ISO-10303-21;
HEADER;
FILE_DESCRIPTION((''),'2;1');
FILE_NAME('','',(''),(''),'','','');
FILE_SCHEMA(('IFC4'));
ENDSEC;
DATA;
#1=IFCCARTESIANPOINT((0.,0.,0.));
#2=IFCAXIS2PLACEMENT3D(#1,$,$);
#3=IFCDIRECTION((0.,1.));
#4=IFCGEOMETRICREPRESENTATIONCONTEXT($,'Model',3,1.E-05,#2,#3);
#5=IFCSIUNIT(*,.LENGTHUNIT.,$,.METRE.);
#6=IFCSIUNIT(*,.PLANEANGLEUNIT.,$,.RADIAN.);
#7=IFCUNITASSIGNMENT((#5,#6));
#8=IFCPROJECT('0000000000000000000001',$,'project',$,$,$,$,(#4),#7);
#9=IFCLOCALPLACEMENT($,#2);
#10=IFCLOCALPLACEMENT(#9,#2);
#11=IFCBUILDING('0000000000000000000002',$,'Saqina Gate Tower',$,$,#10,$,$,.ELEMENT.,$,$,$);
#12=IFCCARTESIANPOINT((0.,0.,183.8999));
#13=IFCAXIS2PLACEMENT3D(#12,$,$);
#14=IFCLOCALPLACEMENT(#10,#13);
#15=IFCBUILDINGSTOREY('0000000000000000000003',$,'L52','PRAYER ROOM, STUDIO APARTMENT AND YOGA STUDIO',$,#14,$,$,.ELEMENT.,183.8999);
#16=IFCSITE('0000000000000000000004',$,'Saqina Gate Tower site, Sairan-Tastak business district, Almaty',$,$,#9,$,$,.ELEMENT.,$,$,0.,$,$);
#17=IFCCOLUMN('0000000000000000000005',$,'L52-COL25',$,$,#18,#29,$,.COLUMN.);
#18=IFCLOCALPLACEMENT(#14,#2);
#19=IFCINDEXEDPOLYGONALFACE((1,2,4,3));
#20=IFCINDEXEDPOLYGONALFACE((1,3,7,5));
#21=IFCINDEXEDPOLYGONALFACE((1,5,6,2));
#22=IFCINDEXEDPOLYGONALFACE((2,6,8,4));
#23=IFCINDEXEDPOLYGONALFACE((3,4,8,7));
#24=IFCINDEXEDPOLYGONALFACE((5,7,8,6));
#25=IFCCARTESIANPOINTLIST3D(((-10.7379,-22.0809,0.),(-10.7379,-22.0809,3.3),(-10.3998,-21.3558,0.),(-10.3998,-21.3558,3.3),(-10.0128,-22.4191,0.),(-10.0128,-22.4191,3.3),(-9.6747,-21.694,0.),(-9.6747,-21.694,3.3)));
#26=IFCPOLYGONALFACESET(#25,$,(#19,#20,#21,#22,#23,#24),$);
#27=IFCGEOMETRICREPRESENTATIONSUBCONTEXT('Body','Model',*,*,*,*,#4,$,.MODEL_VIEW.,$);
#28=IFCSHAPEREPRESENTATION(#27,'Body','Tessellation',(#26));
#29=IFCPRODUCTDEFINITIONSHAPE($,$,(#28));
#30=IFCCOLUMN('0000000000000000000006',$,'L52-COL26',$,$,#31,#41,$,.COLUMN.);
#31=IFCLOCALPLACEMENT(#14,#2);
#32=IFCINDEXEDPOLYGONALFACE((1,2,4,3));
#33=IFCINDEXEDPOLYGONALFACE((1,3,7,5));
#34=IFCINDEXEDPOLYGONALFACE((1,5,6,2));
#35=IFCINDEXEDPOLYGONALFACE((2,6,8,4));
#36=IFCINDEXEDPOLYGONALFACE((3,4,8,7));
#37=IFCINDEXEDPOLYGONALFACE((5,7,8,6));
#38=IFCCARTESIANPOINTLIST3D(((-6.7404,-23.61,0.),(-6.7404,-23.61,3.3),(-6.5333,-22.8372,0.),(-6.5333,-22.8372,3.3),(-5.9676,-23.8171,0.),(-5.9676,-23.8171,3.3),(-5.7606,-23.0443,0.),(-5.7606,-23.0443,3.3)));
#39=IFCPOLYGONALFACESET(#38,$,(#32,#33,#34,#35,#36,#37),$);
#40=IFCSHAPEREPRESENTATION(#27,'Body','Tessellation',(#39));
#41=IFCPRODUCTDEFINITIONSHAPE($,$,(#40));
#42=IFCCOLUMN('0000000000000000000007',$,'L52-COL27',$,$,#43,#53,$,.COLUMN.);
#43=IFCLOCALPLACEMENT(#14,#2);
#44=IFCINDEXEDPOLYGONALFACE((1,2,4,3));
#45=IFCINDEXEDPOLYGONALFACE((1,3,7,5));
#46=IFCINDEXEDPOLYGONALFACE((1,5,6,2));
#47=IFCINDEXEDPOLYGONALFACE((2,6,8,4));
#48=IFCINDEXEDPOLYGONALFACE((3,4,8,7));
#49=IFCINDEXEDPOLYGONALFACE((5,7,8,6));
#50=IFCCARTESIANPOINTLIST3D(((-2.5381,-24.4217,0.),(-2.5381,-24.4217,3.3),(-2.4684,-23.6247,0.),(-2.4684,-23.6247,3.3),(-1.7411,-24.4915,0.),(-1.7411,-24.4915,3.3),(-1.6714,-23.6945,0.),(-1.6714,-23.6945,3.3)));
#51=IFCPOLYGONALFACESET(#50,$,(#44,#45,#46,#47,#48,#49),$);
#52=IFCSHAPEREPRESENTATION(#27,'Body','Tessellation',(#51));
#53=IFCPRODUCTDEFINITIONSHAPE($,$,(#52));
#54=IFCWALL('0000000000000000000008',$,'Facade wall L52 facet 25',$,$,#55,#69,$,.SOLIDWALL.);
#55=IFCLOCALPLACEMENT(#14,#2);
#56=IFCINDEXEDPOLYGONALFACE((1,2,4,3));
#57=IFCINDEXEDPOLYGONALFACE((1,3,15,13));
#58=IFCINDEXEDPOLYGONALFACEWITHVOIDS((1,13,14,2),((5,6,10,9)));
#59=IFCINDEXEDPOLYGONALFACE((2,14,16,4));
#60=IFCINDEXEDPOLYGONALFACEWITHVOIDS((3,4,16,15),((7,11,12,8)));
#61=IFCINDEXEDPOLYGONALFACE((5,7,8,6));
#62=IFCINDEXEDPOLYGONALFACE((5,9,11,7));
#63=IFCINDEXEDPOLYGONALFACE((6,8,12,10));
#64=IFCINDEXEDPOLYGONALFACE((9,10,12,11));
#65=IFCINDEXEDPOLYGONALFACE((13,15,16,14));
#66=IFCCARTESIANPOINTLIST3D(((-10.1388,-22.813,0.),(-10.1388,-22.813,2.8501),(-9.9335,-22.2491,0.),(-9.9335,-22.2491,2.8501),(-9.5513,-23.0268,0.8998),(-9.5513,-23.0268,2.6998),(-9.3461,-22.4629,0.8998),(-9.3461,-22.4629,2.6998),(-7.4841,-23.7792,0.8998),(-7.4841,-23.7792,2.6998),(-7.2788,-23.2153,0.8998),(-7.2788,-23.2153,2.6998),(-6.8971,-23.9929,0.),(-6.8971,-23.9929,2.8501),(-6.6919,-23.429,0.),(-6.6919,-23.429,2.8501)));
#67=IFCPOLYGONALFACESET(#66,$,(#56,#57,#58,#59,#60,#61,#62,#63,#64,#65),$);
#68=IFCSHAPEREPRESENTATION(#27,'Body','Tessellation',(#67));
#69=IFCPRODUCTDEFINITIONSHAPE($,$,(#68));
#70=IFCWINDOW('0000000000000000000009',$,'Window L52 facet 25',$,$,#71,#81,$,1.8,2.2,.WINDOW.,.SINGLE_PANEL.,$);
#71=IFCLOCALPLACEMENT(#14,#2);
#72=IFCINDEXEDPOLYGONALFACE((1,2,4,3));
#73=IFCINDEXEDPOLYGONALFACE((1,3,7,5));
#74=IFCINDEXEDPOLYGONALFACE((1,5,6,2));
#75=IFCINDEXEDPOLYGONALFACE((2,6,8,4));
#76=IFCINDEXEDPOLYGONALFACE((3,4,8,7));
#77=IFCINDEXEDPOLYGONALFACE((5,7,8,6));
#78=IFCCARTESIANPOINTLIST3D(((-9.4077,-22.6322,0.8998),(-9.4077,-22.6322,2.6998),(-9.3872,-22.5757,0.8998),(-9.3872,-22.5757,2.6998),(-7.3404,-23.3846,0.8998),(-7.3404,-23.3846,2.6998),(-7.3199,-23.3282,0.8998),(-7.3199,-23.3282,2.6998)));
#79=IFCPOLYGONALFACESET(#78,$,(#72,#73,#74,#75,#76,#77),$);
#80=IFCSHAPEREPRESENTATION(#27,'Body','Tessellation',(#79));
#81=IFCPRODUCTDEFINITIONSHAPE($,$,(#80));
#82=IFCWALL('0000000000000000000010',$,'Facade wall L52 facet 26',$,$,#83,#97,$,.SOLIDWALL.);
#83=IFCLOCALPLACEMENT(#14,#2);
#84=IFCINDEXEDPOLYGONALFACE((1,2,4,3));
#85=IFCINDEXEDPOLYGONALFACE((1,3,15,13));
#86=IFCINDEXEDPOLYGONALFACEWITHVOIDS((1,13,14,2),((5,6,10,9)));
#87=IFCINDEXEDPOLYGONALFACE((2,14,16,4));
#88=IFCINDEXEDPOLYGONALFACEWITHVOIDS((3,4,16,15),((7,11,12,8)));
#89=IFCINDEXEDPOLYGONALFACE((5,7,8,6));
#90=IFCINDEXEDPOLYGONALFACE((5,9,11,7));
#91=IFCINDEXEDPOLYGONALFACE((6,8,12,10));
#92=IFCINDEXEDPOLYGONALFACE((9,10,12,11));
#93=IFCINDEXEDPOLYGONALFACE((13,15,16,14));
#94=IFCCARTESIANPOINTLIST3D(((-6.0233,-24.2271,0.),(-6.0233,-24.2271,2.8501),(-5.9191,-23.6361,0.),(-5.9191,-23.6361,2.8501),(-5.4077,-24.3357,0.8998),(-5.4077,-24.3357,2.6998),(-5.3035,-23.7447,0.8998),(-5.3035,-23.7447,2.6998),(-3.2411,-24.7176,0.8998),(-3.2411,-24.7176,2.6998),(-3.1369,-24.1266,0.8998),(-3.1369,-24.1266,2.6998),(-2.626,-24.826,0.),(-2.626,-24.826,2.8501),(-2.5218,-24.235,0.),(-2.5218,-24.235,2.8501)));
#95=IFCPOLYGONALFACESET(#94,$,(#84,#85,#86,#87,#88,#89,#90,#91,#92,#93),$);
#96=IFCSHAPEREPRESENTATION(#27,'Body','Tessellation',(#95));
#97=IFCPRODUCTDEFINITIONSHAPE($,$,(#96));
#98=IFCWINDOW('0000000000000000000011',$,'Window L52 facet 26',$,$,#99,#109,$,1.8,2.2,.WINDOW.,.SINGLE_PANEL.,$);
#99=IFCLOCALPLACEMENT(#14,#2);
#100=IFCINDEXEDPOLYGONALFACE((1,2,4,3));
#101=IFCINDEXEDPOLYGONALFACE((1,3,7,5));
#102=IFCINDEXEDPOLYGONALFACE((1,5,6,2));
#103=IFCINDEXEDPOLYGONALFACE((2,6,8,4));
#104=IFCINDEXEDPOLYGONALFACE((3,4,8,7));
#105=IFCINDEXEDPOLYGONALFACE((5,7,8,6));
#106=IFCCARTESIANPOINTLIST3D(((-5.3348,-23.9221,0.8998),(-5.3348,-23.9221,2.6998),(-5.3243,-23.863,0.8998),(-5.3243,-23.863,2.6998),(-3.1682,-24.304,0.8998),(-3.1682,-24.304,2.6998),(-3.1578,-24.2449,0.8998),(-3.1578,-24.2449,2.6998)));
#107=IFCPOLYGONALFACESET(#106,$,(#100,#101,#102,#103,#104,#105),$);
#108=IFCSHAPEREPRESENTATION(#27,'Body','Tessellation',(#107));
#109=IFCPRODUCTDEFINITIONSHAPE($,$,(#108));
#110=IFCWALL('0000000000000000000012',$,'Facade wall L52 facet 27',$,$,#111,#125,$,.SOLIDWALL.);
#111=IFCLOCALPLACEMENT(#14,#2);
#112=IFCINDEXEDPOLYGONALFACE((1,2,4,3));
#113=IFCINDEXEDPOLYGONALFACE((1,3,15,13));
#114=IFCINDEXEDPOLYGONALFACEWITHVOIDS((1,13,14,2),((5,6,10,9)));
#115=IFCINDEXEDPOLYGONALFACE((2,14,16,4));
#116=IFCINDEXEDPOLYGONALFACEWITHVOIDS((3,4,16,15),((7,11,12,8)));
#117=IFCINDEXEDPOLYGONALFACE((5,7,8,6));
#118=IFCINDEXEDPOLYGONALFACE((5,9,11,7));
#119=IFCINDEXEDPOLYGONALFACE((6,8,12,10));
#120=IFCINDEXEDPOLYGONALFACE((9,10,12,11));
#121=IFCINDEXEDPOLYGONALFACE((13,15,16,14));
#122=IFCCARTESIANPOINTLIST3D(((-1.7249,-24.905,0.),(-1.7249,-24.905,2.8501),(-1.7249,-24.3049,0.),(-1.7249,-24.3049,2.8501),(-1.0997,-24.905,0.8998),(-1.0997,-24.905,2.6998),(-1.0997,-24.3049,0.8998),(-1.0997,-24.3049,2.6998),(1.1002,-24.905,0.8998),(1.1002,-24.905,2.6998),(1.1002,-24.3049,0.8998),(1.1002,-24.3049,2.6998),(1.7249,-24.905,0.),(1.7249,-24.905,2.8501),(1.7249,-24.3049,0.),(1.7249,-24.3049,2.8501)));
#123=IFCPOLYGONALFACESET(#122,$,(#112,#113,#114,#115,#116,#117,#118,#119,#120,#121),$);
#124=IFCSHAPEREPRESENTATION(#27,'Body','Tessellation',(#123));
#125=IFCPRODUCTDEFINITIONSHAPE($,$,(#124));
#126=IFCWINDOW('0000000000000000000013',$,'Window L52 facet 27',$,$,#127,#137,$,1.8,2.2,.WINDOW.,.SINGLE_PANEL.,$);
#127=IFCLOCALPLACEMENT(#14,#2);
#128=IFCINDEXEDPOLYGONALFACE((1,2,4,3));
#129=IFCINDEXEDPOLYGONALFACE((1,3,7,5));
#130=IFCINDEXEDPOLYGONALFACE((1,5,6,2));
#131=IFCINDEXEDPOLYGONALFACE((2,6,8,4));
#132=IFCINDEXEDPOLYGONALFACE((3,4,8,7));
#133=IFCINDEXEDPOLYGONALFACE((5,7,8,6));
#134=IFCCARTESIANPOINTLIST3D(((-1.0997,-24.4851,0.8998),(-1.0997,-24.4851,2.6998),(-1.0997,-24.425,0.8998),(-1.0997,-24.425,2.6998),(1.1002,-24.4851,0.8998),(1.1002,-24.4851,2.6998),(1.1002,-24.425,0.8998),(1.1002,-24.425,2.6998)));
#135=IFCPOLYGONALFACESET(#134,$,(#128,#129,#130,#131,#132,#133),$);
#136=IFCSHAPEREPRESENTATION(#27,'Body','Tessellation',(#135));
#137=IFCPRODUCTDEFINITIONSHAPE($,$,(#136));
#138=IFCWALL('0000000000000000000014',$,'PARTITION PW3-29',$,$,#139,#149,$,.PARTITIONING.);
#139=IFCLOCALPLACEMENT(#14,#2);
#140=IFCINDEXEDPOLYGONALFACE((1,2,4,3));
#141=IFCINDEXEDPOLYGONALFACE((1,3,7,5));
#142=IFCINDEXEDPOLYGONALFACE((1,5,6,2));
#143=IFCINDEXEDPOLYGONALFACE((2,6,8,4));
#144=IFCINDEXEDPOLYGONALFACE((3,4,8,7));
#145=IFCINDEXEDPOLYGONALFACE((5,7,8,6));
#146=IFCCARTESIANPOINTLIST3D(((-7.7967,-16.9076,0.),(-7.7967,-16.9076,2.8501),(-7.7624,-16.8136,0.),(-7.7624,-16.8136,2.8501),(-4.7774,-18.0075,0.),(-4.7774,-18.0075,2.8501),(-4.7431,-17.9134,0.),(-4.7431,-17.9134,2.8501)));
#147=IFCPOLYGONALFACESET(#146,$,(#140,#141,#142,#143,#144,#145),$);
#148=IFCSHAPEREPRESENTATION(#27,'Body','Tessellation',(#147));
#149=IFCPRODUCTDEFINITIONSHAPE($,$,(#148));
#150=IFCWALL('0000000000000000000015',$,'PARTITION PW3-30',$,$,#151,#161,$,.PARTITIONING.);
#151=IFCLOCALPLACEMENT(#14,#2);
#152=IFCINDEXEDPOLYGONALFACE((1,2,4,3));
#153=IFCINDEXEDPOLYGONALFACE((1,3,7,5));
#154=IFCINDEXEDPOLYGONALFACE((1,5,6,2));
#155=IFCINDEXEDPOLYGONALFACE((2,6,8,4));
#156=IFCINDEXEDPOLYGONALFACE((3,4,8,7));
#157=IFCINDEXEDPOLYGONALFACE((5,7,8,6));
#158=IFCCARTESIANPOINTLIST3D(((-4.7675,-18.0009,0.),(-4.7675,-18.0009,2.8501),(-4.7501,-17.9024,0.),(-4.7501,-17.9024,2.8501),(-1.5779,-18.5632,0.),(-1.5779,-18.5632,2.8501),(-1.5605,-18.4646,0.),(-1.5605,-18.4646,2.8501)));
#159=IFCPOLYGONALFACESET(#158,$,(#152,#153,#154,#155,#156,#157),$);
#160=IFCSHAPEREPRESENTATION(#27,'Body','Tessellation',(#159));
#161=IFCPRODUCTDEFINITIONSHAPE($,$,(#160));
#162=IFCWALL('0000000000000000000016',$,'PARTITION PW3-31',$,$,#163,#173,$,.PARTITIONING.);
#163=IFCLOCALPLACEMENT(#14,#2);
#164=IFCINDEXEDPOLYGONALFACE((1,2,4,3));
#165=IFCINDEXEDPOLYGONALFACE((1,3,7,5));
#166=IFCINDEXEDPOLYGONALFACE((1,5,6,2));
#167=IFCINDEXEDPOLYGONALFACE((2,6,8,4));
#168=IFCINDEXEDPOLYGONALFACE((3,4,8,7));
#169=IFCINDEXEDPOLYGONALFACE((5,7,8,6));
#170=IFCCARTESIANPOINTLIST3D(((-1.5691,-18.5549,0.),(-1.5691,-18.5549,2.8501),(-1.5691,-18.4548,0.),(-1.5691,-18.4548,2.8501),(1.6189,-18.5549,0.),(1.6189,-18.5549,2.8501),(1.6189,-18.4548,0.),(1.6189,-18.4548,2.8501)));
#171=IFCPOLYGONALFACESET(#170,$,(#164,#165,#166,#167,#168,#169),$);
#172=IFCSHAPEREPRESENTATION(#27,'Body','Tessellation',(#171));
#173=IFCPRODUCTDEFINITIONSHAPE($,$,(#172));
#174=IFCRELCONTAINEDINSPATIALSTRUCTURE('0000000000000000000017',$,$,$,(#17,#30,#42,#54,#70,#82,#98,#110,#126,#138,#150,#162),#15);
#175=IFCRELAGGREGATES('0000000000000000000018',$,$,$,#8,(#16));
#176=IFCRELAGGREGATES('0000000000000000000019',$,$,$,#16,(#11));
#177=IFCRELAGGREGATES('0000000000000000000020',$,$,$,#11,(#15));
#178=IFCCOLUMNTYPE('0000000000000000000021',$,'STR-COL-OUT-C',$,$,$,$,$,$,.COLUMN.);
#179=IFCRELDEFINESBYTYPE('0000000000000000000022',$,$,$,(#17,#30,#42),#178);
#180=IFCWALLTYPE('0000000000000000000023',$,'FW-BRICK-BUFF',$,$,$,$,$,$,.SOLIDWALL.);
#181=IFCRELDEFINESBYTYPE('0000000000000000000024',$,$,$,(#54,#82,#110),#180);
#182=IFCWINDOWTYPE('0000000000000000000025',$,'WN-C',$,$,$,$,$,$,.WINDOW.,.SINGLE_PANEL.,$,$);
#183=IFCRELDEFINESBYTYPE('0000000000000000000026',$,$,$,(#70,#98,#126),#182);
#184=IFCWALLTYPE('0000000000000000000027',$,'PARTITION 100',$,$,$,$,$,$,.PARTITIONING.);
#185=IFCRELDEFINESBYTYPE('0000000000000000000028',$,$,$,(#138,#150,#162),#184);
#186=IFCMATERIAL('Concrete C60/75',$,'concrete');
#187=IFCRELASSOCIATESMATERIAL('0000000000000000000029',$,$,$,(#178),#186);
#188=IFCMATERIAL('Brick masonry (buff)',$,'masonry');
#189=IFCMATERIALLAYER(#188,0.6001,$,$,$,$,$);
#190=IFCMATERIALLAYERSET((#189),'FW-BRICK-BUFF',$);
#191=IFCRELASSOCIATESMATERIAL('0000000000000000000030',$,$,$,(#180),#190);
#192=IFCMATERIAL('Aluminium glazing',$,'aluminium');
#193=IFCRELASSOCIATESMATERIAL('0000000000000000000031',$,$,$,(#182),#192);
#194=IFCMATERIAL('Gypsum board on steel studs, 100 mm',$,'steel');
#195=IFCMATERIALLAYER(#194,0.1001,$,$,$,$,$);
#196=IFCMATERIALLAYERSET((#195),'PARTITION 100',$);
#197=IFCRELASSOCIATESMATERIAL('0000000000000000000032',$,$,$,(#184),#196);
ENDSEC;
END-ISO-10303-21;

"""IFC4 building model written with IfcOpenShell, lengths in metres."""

from ifc_helpers import new_model, si_unit, direction, frame, frame_2d, origin, origin_2d, place, context, subcontext, project, spatial, rectangle, extrude, material, layer, layer_set, material_profile, profile_set, type_object, element, fill, save


model = new_model("IFC4")

# Units and contexts
model_context = context("Model", 3, precision=1e-05, world=origin(), true_north=direction((0.0, 1.0)))
body_context = subcontext(model_context, "Body", "Model", "MODEL_VIEW")
ifc_project = project(units=[si_unit("LENGTHUNIT", "METRE"), si_unit("PLANEANGLEUNIT", "RADIAN")], contexts=[model_context])

# Site, building, storey
site_placement = place(None, origin())
site = spatial("IfcSite", under=ifc_project, at=site_placement, Name="Saqina Gate Tower site, Sairan-Tastak business district, Almaty", CompositionType="ELEMENT", RefElevation=0.0)
building_placement = place(site_placement, origin())
building = spatial("IfcBuilding", under=site, at=building_placement, Name="Saqina Gate Tower", CompositionType="ELEMENT")
storey_placement = place(building_placement, frame((0.0, 0.0, 183.8999)))
storey = spatial("IfcBuildingStorey", under=building, at=storey_placement, Name="L52", Description="PRAYER ROOM, STUDIO APARTMENT AND YOGA STUDIO", CompositionType="ELEMENT", Elevation=183.8999)

# Columns
ifc_material_1 = material(Name="Concrete C60/75", Category="concrete")
ifc_material_profile = material_profile(ifc_material_1, rectangle(XDim=0.8, YDim=0.8, at=origin_2d()), Name="RC 800x800")
ifc_profile_set = profile_set([ifc_material_profile], Name="Concrete C60/75")
column_type = type_object("IfcColumnType", Name="STR-COL-OUT-C", PredefinedType="COLUMN", material=ifc_profile_set)
for number, where, z_axis, x_axis, name in (
    (1, (-10.2063, -21.8875, 0.0), (0.0, 0.0, 1.0), (-0.422618, -0.906308, 0.0), "L52-COL25"),
    (2, (-6.2505, -23.3271, 0.0), (0.0, 0.0, 1.0), (-0.258819, -0.965926, 0.0), "L52-COL26"),
    (3, (-2.1047, -24.0581, 0.0), (0.0, 0.0, 1.0), (-0.087156, -0.996195, 0.0), "L52-COL27"),
):
    element("IfcColumn", number, at=place(storey_placement, frame(where, z_axis=z_axis, x_axis=x_axis)), inside=storey, type_object=column_type, Name=name, PredefinedType="COLUMN", context=body_context, shape_type="SweptSolid", body=[
        extrude(rectangle(XDim=0.8, YDim=0.8, at=origin_2d()), origin(), (0.0, 0.0, 1.0), 3.3),
    ])

# Walls, openings, windows
ifc_material_2 = material(Name="Brick masonry (buff)", Category="masonry")
ifc_layer_1 = layer(ifc_material_2, 0.6001)
ifc_layer_set_1 = layer_set([ifc_layer_1], Name="FW-BRICK-BUFF")
wall_type_1 = type_object("IfcWallType", Name="FW-BRICK-BUFF", PredefinedType="SOLIDWALL", material=ifc_layer_set_1)
wall_1_placement = place(storey_placement, frame((-10.0361, -22.531, 0.0), z_axis=(0.0, 0.0, 1.0), x_axis=(0.939688, -0.342033, 0.0)))
wall_1 = element("IfcWall", 4, at=wall_1_placement, inside=storey, type_object=wall_type_1, Name="Facade wall L52 facet 25", PredefinedType="SOLIDWALL", context=body_context, shape_type="SweptSolid", body=[
    extrude(rectangle(XDim=3.4497, YDim=0.6001, at=frame_2d((1.7249, 0.0))), origin(), (0.0, 0.0, 1.0), 2.8501),
])
opening_1_placement = place(wall_1_placement, frame((0.625, 0.0, 0.8999)))
opening_1 = element("IfcOpeningElement", 5, at=opening_1_placement, cuts=wall_1, PredefinedType="OPENING", context=body_context, shape_type="SweptSolid", body=[
    extrude(rectangle(XDim=2.2, YDim=1.8, at=frame_2d((1.1001, 0.8999))), frame((0.0, 0.312, 0.0), z_axis=(0.0, -1.0, 0.0), x_axis=(1.0, 0.0, 0.0)), (0.0, 0.0, 1.0), 0.624),
])
ifc_material_3 = material(Name="Aluminium glazing", Category="aluminium")
window_type = type_object("IfcWindowType", Name="WN-C", PartitioningType="SINGLE_PANEL", PredefinedType="WINDOW", material=ifc_material_3)
window_1_placement = place(opening_1_placement, origin())
window_1 = element("IfcWindow", 6, at=window_1_placement, inside=storey, type_object=window_type, Name="Window L52 facet 25", OverallHeight=1.8, OverallWidth=2.2, PartitioningType="SINGLE_PANEL", PredefinedType="WINDOW", context=body_context, shape_type="SweptSolid", body=[
    extrude(rectangle(XDim=2.2, YDim=1.8, at=frame_2d((1.1001, 0.8999))), frame((0.0, 0.1799, 0.0), z_axis=(0.0, -1.0, 0.0), x_axis=(1.0, 0.0, 0.0)), (0.0, 0.0, 1.0), 0.0601),
])
fill(opening_1, window_1)
wall_2_placement = place(storey_placement, frame((-5.9712, -23.9316, 0.0), z_axis=(0.0, 0.0, 1.0), x_axis=(0.984815, -0.173608, 0.0)))
wall_2 = element("IfcWall", 7, at=wall_2_placement, inside=storey, type_object=wall_type_1, Name="Facade wall L52 facet 26", PredefinedType="SOLIDWALL", context=body_context, shape_type="SweptSolid", body=[
    extrude(rectangle(XDim=3.4497, YDim=0.6001, at=frame_2d((1.7249, 0.0))), origin(), (0.0, 0.0, 1.0), 2.8501),
])
opening_2_placement = place(wall_2_placement, frame((0.625, 0.0, 0.8999)))
opening_2 = element("IfcOpeningElement", 8, at=opening_2_placement, cuts=wall_2, PredefinedType="OPENING", context=body_context, shape_type="SweptSolid", body=[
    extrude(rectangle(XDim=2.2, YDim=1.8, at=frame_2d((1.1001, 0.8999))), frame((0.0, 0.312, 0.0), z_axis=(0.0, -1.0, 0.0), x_axis=(1.0, 0.0, 0.0)), (0.0, 0.0, 1.0), 0.624),
])
window_2_placement = place(opening_2_placement, origin())
window_2 = element("IfcWindow", 9, at=window_2_placement, inside=storey, type_object=window_type, Name="Window L52 facet 26", OverallHeight=1.8, OverallWidth=2.2, PartitioningType="SINGLE_PANEL", PredefinedType="WINDOW", context=body_context, shape_type="SweptSolid", body=[
    extrude(rectangle(XDim=2.2, YDim=1.8, at=frame_2d((1.1001, 0.8999))), frame((0.0, 0.1799, 0.0), z_axis=(0.0, -1.0, 0.0), x_axis=(1.0, 0.0, 0.0)), (0.0, 0.0, 1.0), 0.0601),
])
fill(opening_2, window_2)
wall_3_placement = place(storey_placement, frame((-1.7249, -24.605, 0.0), z_axis=(0.0, 0.0, 1.0), x_axis=(1.0, 0.0, 0.0)))
wall_3 = element("IfcWall", 10, at=wall_3_placement, inside=storey, type_object=wall_type_1, Name="Facade wall L52 facet 27", PredefinedType="SOLIDWALL", context=body_context, shape_type="SweptSolid", body=[
    extrude(rectangle(XDim=3.4497, YDim=0.6001, at=frame_2d((1.7249, 0.0))), origin(), (0.0, 0.0, 1.0), 2.8501),
])
opening_3_placement = place(wall_3_placement, frame((0.625, 0.0, 0.8999)))
opening_3 = element("IfcOpeningElement", 11, at=opening_3_placement, cuts=wall_3, PredefinedType="OPENING", context=body_context, shape_type="SweptSolid", body=[
    extrude(rectangle(XDim=2.2, YDim=1.8, at=frame_2d((1.1001, 0.8999))), frame((0.0, 0.312, 0.0), z_axis=(0.0, -1.0, 0.0), x_axis=(1.0, 0.0, 0.0)), (0.0, 0.0, 1.0), 0.624),
])
window_3_placement = place(opening_3_placement, origin())
window_3 = element("IfcWindow", 12, at=window_3_placement, inside=storey, type_object=window_type, Name="Window L52 facet 27", OverallHeight=1.8, OverallWidth=2.2, PartitioningType="SINGLE_PANEL", PredefinedType="WINDOW", context=body_context, shape_type="SweptSolid", body=[
    extrude(rectangle(XDim=2.2, YDim=1.8, at=frame_2d((1.1001, 0.8999))), frame((0.0, 0.1799, 0.0), z_axis=(0.0, -1.0, 0.0), x_axis=(1.0, 0.0, 0.0)), (0.0, 0.0, 1.0), 0.0601),
])
fill(opening_3, window_3)

# Walls
ifc_material_4 = material(Name="Gypsum board on steel studs, 100 mm", Category="steel")
ifc_layer_2 = layer(ifc_material_4, 0.1001)
ifc_layer_set_2 = layer_set([ifc_layer_2], Name="PARTITION 100")
wall_type_2 = type_object("IfcWallType", Name="PARTITION 100", PredefinedType="PARTITIONING", material=ifc_layer_set_2)
wall_4_placement = place(storey_placement, frame((-7.7795, -16.8606, 0.0), z_axis=(0.0, 0.0, 1.0), x_axis=(0.9396, -0.342274, 0.0)))
element("IfcWall", 13, at=wall_4_placement, inside=storey, type_object=wall_type_2, Name="PARTITION PW3-29", PredefinedType="PARTITIONING", context=body_context, shape_type="SweptSolid", body=[
    extrude(rectangle(XDim=3.2134, YDim=0.1001, at=frame_2d((1.6067, 0.0))), origin(), (0.0, 0.0, 1.0), 2.8501),
])
wall_5_placement = place(storey_placement, frame((-4.7588, -17.9517, 0.0), z_axis=(0.0, 0.0, 1.0), x_axis=(0.984817, -0.173596, 0.0)))
element("IfcWall", 14, at=wall_5_placement, inside=storey, type_object=wall_type_2, Name="PARTITION PW3-30", PredefinedType="PARTITIONING", context=body_context, shape_type="SweptSolid", body=[
    extrude(rectangle(XDim=3.2388, YDim=0.1001, at=frame_2d((1.6194, 0.0))), origin(), (0.0, 0.0, 1.0), 2.8501),
])
wall_6_placement = place(storey_placement, frame((-1.5691, -18.5049, 0.0), z_axis=(0.0, 0.0, 1.0), x_axis=(1.0, 0.0, 0.0)))
element("IfcWall", 15, at=wall_6_placement, inside=storey, type_object=wall_type_2, Name="PARTITION PW3-31", PredefinedType="PARTITIONING", context=body_context, shape_type="SweptSolid", body=[
    extrude(rectangle(XDim=3.188, YDim=0.1001, at=frame_2d((1.594, 0.0))), origin(), (0.0, 0.0, 1.0), 2.8501),
])

save(model, "model.ifc")
